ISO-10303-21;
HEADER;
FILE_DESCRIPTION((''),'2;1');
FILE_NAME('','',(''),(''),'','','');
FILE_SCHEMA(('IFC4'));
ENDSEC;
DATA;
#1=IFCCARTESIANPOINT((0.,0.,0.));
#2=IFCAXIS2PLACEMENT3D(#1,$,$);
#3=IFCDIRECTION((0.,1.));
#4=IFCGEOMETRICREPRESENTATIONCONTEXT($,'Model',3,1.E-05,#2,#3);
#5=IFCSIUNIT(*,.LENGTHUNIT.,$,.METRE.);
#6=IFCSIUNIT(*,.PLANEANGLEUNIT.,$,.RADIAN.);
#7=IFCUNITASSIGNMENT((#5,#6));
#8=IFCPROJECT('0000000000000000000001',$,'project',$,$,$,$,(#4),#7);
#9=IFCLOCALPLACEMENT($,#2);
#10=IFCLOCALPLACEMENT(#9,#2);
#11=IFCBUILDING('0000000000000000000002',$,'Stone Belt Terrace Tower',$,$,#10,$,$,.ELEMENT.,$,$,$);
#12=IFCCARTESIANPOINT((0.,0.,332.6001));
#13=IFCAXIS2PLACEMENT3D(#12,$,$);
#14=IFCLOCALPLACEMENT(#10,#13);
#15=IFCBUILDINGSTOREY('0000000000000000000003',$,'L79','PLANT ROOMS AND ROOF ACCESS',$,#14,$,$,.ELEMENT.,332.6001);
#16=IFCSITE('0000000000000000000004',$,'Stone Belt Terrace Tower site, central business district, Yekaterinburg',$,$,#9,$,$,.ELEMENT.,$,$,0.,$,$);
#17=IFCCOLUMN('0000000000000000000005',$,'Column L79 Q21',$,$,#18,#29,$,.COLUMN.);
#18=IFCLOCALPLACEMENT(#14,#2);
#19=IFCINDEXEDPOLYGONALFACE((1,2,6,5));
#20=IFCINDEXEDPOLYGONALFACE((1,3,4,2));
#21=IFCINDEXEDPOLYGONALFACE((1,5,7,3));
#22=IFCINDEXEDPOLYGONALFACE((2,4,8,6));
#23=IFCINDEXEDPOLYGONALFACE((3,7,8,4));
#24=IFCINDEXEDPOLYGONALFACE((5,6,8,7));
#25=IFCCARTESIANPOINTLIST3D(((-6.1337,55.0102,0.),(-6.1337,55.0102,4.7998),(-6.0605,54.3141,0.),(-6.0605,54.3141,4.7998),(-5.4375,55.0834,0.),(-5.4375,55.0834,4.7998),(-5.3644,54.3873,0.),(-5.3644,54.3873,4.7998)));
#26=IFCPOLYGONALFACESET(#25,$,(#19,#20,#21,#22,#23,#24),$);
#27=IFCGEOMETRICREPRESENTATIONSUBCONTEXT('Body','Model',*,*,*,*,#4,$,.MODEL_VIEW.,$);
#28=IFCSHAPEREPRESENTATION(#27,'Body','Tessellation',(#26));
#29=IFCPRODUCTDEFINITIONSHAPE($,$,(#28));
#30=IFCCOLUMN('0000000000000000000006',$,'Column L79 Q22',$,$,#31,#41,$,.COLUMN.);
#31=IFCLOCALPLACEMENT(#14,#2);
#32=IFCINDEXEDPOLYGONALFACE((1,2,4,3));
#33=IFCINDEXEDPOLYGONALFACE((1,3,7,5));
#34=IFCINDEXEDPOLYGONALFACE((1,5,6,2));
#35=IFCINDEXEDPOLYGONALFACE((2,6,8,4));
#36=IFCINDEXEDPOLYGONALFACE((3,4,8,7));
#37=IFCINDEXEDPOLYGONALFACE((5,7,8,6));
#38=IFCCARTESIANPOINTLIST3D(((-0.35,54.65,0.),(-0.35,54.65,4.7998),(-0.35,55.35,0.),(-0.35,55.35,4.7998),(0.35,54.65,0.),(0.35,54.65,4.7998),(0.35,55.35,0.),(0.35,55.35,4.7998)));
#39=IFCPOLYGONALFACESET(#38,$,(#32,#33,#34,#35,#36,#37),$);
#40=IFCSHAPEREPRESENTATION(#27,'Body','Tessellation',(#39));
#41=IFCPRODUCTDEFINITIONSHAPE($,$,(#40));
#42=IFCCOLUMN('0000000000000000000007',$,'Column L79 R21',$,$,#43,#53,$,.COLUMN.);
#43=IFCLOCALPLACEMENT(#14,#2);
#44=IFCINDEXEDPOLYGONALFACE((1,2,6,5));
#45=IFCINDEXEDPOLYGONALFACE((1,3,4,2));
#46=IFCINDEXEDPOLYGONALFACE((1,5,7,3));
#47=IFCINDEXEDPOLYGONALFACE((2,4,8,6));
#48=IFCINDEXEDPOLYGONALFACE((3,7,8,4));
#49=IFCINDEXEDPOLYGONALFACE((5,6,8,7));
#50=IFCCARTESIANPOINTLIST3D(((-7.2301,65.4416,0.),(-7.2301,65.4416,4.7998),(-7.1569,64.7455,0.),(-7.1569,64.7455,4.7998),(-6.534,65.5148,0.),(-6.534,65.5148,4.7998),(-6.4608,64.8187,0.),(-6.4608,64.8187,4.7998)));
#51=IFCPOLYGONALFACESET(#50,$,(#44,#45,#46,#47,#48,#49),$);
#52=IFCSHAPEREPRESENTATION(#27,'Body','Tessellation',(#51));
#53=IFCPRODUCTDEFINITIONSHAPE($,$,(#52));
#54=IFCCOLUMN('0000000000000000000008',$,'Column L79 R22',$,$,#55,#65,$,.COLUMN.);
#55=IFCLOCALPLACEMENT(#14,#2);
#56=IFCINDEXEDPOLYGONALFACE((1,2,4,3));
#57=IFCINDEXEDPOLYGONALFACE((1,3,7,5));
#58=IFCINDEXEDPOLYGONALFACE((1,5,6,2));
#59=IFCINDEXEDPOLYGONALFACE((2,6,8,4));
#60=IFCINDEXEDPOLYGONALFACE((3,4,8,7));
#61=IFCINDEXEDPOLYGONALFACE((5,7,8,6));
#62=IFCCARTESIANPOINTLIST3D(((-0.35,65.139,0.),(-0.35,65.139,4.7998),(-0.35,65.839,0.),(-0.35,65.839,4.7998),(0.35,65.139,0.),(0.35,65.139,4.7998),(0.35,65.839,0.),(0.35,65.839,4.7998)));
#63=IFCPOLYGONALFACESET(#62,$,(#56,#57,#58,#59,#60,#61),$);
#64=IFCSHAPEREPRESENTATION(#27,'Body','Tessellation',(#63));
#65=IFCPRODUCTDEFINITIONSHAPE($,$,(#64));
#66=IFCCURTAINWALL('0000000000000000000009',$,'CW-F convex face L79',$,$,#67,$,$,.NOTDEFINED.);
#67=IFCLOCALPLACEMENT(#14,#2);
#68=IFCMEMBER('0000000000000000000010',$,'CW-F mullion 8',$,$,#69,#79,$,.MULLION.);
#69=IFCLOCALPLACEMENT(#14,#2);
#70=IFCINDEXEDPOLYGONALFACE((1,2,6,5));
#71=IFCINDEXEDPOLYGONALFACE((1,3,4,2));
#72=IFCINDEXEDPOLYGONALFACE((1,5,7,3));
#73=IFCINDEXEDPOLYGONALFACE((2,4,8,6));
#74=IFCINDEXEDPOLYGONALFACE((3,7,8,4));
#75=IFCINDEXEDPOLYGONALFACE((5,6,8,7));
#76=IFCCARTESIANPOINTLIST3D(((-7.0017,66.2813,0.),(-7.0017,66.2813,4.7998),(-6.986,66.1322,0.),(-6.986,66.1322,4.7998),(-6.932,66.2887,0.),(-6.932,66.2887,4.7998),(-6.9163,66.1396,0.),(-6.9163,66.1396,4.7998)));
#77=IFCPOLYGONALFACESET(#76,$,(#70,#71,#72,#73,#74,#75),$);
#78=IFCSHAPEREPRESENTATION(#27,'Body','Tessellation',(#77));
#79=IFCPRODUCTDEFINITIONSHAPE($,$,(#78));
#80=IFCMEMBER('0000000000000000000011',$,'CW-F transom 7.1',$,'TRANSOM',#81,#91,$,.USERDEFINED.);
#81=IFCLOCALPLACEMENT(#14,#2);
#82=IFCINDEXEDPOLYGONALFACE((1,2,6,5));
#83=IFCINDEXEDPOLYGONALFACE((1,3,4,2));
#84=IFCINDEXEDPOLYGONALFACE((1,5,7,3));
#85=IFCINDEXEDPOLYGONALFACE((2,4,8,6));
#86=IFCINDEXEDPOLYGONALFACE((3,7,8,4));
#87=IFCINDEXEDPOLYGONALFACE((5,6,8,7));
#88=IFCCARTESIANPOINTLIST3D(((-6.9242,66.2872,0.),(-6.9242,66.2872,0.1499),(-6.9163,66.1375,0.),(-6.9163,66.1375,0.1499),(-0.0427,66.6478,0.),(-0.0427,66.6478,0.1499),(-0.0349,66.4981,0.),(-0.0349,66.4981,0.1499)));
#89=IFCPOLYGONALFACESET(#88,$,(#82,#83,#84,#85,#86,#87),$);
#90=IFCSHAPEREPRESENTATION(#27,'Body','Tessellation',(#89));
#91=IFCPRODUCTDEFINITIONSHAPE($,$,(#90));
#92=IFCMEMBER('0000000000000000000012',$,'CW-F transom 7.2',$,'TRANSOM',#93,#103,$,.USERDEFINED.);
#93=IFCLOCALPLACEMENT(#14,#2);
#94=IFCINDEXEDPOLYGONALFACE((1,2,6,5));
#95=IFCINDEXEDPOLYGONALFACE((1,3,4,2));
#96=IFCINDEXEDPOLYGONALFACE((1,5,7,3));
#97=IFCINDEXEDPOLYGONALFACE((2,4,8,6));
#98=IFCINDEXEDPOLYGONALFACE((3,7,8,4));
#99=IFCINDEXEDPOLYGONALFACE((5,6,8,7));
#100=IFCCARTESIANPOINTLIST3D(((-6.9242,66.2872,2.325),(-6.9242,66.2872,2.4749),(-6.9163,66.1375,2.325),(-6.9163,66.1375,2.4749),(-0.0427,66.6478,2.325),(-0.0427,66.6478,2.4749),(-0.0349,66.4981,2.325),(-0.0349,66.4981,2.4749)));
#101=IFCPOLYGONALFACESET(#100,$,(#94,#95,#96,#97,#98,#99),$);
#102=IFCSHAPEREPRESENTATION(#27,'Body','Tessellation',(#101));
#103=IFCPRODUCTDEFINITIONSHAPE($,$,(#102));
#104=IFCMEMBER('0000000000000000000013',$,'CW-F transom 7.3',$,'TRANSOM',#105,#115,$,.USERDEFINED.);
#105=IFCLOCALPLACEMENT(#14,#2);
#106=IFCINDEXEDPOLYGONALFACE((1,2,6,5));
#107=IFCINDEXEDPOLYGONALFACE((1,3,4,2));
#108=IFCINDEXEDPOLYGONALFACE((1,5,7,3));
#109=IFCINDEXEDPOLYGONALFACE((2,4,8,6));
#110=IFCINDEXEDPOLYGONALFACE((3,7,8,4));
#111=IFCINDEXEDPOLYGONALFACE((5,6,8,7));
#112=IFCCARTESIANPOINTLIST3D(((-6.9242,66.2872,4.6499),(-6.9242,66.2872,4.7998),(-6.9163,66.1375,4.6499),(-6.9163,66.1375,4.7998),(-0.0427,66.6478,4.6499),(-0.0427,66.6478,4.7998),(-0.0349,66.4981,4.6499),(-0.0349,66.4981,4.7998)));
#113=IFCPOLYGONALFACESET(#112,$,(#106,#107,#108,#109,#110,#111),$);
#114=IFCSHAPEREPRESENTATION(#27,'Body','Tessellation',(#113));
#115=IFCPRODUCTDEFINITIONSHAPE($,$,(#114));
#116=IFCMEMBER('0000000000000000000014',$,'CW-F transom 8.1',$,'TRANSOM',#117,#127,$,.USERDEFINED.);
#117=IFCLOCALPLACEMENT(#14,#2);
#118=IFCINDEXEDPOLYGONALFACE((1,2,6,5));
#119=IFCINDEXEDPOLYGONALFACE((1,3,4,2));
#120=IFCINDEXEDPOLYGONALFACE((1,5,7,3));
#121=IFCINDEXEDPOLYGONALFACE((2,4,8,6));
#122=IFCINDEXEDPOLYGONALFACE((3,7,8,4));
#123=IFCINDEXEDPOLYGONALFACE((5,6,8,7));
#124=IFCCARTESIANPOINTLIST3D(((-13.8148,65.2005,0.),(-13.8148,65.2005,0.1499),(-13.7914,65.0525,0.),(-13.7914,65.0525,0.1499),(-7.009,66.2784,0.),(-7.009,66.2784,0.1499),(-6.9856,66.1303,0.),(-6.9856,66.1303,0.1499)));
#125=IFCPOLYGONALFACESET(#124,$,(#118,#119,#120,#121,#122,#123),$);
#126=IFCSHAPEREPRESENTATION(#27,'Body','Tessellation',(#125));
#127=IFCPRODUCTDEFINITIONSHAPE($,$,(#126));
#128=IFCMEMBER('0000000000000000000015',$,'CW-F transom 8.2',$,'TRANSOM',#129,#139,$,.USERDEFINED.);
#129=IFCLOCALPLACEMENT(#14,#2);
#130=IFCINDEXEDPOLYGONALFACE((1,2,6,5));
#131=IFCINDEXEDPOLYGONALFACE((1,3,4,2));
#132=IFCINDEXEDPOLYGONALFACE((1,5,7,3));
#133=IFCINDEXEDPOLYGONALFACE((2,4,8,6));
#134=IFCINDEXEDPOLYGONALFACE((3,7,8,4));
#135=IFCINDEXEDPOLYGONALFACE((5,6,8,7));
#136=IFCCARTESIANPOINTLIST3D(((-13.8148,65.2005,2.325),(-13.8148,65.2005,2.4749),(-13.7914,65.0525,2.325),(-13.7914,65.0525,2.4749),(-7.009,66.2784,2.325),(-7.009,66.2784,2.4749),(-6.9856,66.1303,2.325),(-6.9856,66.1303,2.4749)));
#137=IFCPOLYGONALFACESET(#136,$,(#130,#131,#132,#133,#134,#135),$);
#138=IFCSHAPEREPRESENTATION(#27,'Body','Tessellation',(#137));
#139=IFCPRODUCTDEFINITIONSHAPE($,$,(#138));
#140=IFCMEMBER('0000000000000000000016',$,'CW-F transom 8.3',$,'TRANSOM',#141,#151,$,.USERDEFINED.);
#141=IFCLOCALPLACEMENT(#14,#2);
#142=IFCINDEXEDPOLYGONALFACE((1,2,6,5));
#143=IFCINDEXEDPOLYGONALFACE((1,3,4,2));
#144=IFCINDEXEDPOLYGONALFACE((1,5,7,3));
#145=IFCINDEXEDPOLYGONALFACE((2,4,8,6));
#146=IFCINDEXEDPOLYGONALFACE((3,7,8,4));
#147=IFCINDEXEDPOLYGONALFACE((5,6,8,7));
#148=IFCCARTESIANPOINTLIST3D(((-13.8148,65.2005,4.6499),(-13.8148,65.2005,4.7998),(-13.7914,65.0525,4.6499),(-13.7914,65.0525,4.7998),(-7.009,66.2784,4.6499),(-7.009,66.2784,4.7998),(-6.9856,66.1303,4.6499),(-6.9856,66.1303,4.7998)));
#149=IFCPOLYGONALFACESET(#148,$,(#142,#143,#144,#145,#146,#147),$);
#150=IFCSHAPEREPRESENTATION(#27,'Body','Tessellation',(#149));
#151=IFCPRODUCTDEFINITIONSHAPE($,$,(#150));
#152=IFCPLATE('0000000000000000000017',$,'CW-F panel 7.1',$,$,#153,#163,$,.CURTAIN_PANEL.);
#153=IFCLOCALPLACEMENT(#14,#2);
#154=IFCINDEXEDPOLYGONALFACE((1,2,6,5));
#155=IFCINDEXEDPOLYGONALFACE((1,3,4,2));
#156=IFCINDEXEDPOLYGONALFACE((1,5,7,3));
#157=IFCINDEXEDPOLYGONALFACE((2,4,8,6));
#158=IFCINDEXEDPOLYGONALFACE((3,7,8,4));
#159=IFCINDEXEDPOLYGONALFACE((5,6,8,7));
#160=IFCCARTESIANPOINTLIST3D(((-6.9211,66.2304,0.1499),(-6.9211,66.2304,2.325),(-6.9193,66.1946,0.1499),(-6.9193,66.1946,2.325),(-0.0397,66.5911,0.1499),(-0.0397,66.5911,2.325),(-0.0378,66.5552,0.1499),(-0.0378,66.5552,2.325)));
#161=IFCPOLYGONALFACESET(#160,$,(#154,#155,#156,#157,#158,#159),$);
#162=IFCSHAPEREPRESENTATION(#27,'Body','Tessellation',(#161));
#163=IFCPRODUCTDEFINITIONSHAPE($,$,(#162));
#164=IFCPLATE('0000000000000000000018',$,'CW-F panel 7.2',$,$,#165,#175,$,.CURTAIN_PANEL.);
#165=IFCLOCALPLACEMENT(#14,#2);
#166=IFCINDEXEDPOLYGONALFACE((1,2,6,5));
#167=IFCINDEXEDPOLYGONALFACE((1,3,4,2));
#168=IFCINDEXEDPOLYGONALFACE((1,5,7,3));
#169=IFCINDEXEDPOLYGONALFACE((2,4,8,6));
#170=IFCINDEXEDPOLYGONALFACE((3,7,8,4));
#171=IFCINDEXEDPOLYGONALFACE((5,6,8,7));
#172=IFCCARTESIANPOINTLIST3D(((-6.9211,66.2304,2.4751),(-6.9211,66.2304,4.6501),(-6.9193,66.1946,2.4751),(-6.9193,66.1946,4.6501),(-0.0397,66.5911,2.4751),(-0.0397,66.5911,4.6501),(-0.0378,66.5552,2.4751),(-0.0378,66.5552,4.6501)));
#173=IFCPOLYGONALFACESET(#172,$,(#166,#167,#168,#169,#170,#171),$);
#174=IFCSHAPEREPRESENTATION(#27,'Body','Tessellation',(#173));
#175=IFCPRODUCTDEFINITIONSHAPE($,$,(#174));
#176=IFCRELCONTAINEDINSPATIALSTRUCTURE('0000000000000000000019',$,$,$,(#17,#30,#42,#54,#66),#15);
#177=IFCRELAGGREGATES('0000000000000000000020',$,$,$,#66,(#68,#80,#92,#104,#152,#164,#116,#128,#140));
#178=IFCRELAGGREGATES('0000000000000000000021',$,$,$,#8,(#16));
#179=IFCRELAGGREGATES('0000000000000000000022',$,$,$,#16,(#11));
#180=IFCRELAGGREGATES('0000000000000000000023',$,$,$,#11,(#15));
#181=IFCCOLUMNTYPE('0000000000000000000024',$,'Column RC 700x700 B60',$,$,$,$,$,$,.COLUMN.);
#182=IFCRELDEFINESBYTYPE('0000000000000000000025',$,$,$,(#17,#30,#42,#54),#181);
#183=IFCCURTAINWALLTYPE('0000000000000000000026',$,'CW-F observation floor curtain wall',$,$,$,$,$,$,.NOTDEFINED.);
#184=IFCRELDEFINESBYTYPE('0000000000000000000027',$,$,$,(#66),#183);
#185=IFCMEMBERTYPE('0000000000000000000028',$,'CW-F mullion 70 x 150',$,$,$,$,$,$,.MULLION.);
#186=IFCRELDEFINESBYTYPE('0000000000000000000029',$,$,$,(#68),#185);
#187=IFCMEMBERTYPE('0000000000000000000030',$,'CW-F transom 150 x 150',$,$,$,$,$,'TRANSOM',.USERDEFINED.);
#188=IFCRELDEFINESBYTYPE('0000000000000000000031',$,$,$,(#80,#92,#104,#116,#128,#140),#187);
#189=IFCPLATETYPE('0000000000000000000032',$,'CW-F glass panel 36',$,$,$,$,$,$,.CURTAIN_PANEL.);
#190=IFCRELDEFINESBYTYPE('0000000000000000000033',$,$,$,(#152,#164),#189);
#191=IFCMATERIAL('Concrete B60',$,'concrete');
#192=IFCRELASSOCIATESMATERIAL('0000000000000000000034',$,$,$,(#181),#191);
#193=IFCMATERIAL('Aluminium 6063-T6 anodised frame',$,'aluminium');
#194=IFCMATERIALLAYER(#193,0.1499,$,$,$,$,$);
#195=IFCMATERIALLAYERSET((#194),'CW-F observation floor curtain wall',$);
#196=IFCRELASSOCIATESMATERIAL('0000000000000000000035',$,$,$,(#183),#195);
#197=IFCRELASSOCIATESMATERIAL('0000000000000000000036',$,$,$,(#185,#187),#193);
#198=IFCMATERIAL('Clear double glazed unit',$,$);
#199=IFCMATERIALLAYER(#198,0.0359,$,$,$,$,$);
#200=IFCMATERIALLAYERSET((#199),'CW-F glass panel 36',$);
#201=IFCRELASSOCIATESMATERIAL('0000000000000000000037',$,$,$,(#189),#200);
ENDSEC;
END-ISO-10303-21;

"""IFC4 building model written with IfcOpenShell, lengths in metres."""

from ifc_helpers import new_model, si_unit, direction, frame, origin, origin_2d, place, context, subcontext, project, spatial, rectangle, extrude, material, layer, layer_set, material_profile, profile_set, type_object, element, aggregate, save


model = new_model("IFC4")

# Units and contexts
model_context = context("Model", 3, precision=1e-05, world=origin(), true_north=direction((0.0, 1.0)))
body_context = subcontext(model_context, "Body", "Model", "MODEL_VIEW")
ifc_project = project(units=[si_unit("LENGTHUNIT", "METRE"), si_unit("PLANEANGLEUNIT", "RADIAN")], contexts=[model_context])

# Site, building, storey
site_placement = place(None, origin())
site = spatial("IfcSite", under=ifc_project, at=site_placement, Name="Stone Belt Terrace Tower site, central business district, Yekaterinburg", CompositionType="ELEMENT", RefElevation=0.0)
building_placement = place(site_placement, origin())
building = spatial("IfcBuilding", under=site, at=building_placement, Name="Stone Belt Terrace Tower", CompositionType="ELEMENT")
storey_placement = place(building_placement, frame((0.0, 0.0, 332.6001)))
storey = spatial("IfcBuildingStorey", under=building, at=storey_placement, Name="L79", Description="PLANT ROOMS AND ROOF ACCESS", CompositionType="ELEMENT", Elevation=332.6001)

# Columns
ifc_material_1 = material(Name="Concrete B60", Category="concrete")
ifc_material_profile_1 = material_profile(ifc_material_1, rectangle(XDim=0.7, YDim=0.7, at=origin_2d()), Name="RC 700x700")
ifc_profile_set_1 = profile_set([ifc_material_profile_1], Name="Concrete B60")
column_type = type_object("IfcColumnType", Name="Column RC 700x700 B60", PredefinedType="COLUMN", material=ifc_profile_set_1)
for number, where, z_axis, x_axis, name in (
    (1, (-5.749, 54.6987, 0.0), (0.0, 0.0, 1.0), (0.994522, 0.104528, 0.0), "Column L79 Q21"),
    (2, (0.0, 55.0, 0.0), (0.0, 0.0, 1.0), (1.0, 0.0, 0.0), "Column L79 Q22"),
    (3, (-6.8455, 65.1301, 0.0), (0.0, 0.0, 1.0), (0.994522, 0.104528, 0.0), "Column L79 R21"),
    (4, (0.0, 65.489, 0.0), (0.0, 0.0, 1.0), (1.0, 0.0, 0.0), "Column L79 R22"),
):
    element("IfcColumn", number, at=place(storey_placement, frame(where, z_axis=z_axis, x_axis=x_axis)), inside=storey, type_object=column_type, Name=name, PredefinedType="COLUMN", context=body_context, shape_type="SweptSolid", body=[
        extrude(rectangle(XDim=0.7, YDim=0.7, at=origin_2d()), origin(), (0.0, 0.0, 1.0), 4.7998),
    ])

# Curtain wall, members, plates
ifc_material_2 = material(Name="Aluminium 6063-T6 anodised frame", Category="aluminium")
ifc_layer_1 = layer(ifc_material_2, 0.1499)
ifc_layer_set_1 = layer_set([ifc_layer_1], Name="CW-F observation floor curtain wall")
curtain_wall_type = type_object("IfcCurtainWallType", Name="CW-F observation floor curtain wall", PredefinedType="NOTDEFINED", material=ifc_layer_set_1)
curtain_wall_placement = place(storey_placement, origin())
curtain_wall = element("IfcCurtainWall", 5, at=curtain_wall_placement, inside=storey, type_object=curtain_wall_type, Name="CW-F convex face L79", PredefinedType="NOTDEFINED")
ifc_material_profile_2 = material_profile(ifc_material_2, rectangle(XDim=0.1499, YDim=0.0701, at=origin_2d()), Name="Aluminium 6063-T6 70x150")
ifc_profile_set_2 = profile_set([ifc_material_profile_2], Name="Aluminium 6063-T6 anodised frame")
member_type_1 = type_object("IfcMemberType", Name="CW-F mullion 70 x 150", PredefinedType="MULLION", material=ifc_profile_set_2)
member_1_placement = place(storey_placement, frame((-6.959, 66.2104, 0.0), z_axis=(0.0, 0.0, 1.0), x_axis=(0.104528, -0.994522, 0.0)))
member_1 = element("IfcMember", 6, at=member_1_placement, type_object=member_type_1, Name="CW-F mullion 8", PredefinedType="MULLION", context=body_context, shape_type="SweptSolid", body=[
    extrude(rectangle(XDim=0.1499, YDim=0.0701, at=origin_2d()), origin(), (0.0, 0.0, 1.0), 4.7998),
])
ifc_material_profile_3 = material_profile(ifc_material_2, rectangle(XDim=0.1499, YDim=0.1499, at=origin_2d()), Name="Aluminium 6063-T6 150x150")
ifc_profile_set_3 = profile_set([ifc_material_profile_3], Name="Aluminium 6063-T6 anodised frame")
member_type_2 = type_object("IfcMemberType", Name="CW-F transom 150 x 150", ElementType="TRANSOM", PredefinedType="USERDEFINED", material=ifc_profile_set_3)
member_2_placement = place(storey_placement, frame((-0.0388, 66.573, 0.075), z_axis=(-0.99863, -0.05233, 0.0), x_axis=(0.05233, -0.99863, 0.0)))
member_2 = element("IfcMember", 7, at=member_2_placement, type_object=member_type_2, Name="CW-F transom 7.1", ObjectType="TRANSOM", PredefinedType="USERDEFINED", context=body_context, shape_type="SweptSolid", body=[
    extrude(rectangle(XDim=0.1499, YDim=0.1499, at=origin_2d()), origin(), (0.0, 0.0, 1.0), 6.8909),
])
member_3_placement = place(storey_placement, frame((-0.0388, 66.573, 2.3999), z_axis=(-0.99863, -0.05233, 0.0), x_axis=(0.05233, -0.99863, 0.0)))
member_3 = element("IfcMember", 8, at=member_3_placement, type_object=member_type_2, Name="CW-F transom 7.2", ObjectType="TRANSOM", PredefinedType="USERDEFINED", context=body_context, shape_type="SweptSolid", body=[
    extrude(rectangle(XDim=0.1499, YDim=0.1499, at=origin_2d()), origin(), (0.0, 0.0, 1.0), 6.8909),
])
member_4_placement = place(storey_placement, frame((-0.0388, 66.573, 4.7249), z_axis=(-0.99863, -0.05233, 0.0), x_axis=(0.05233, -0.99863, 0.0)))
member_4 = element("IfcMember", 9, at=member_4_placement, type_object=member_type_2, Name="CW-F transom 7.3", ObjectType="TRANSOM", PredefinedType="USERDEFINED", context=body_context, shape_type="SweptSolid", body=[
    extrude(rectangle(XDim=0.1499, YDim=0.1499, at=origin_2d()), origin(), (0.0, 0.0, 1.0), 6.8909),
])
member_5_placement = place(storey_placement, frame((-6.9973, 66.2043, 0.075), z_axis=(-0.98769, -0.156425, 0.0), x_axis=(0.156425, -0.98769, 0.0)))
member_5 = element("IfcMember", 10, at=member_5_placement, type_object=member_type_2, Name="CW-F transom 8.1", ObjectType="TRANSOM", PredefinedType="USERDEFINED", context=body_context, shape_type="SweptSolid", body=[
    extrude(rectangle(XDim=0.1499, YDim=0.1499, at=origin_2d()), origin(), (0.0, 0.0, 1.0), 6.8906),
])
member_6_placement = place(storey_placement, frame((-6.9973, 66.2043, 2.3999), z_axis=(-0.98769, -0.156425, 0.0), x_axis=(0.156425, -0.98769, 0.0)))
member_6 = element("IfcMember", 11, at=member_6_placement, type_object=member_type_2, Name="CW-F transom 8.2", ObjectType="TRANSOM", PredefinedType="USERDEFINED", context=body_context, shape_type="SweptSolid", body=[
    extrude(rectangle(XDim=0.1499, YDim=0.1499, at=origin_2d()), origin(), (0.0, 0.0, 1.0), 6.8906),
])
member_7_placement = place(storey_placement, frame((-6.9973, 66.2043, 4.7249), z_axis=(-0.98769, -0.156425, 0.0), x_axis=(0.156425, -0.98769, 0.0)))
member_7 = element("IfcMember", 12, at=member_7_placement, type_object=member_type_2, Name="CW-F transom 8.3", ObjectType="TRANSOM", PredefinedType="USERDEFINED", context=body_context, shape_type="SweptSolid", body=[
    extrude(rectangle(XDim=0.1499, YDim=0.1499, at=origin_2d()), origin(), (0.0, 0.0, 1.0), 6.8906),
])
ifc_material_3 = material(Name="Clear double glazed unit")
ifc_layer_2 = layer(ifc_material_3, 0.0359)
ifc_layer_set_2 = layer_set([ifc_layer_2], Name="CW-F glass panel 36")
plate_type = type_object("IfcPlateType", Name="CW-F glass panel 36", PredefinedType="CURTAIN_PANEL", material=ifc_layer_set_2)
plate_1_placement = place(storey_placement, frame((-3.4795, 66.3928, 0.1499), z_axis=(0.0, 0.0, 1.0), x_axis=(-0.99863, -0.052336, 0.0)))
plate_1 = element("IfcPlate", 13, at=plate_1_placement, type_object=plate_type, Name="CW-F panel 7.1", PredefinedType="CURTAIN_PANEL", context=body_context, shape_type="SweptSolid", body=[
    extrude(rectangle(XDim=6.8909, YDim=0.0359, at=origin_2d()), origin(), (0.0, 0.0, 1.0), 2.175),
])
plate_2_placement = place(storey_placement, frame((-3.4795, 66.3928, 2.4751), z_axis=(0.0, 0.0, 1.0), x_axis=(-0.99863, -0.052336, 0.0)))
plate_2 = element("IfcPlate", 14, at=plate_2_placement, type_object=plate_type, Name="CW-F panel 7.2", PredefinedType="CURTAIN_PANEL", context=body_context, shape_type="SweptSolid", body=[
    extrude(rectangle(XDim=6.8909, YDim=0.0359, at=origin_2d()), origin(), (0.0, 0.0, 1.0), 2.175),
])
aggregate(curtain_wall, [member_1, member_2, member_3, member_4, plate_1, plate_2, member_5, member_6, member_7])

save(model, "model.ifc")
